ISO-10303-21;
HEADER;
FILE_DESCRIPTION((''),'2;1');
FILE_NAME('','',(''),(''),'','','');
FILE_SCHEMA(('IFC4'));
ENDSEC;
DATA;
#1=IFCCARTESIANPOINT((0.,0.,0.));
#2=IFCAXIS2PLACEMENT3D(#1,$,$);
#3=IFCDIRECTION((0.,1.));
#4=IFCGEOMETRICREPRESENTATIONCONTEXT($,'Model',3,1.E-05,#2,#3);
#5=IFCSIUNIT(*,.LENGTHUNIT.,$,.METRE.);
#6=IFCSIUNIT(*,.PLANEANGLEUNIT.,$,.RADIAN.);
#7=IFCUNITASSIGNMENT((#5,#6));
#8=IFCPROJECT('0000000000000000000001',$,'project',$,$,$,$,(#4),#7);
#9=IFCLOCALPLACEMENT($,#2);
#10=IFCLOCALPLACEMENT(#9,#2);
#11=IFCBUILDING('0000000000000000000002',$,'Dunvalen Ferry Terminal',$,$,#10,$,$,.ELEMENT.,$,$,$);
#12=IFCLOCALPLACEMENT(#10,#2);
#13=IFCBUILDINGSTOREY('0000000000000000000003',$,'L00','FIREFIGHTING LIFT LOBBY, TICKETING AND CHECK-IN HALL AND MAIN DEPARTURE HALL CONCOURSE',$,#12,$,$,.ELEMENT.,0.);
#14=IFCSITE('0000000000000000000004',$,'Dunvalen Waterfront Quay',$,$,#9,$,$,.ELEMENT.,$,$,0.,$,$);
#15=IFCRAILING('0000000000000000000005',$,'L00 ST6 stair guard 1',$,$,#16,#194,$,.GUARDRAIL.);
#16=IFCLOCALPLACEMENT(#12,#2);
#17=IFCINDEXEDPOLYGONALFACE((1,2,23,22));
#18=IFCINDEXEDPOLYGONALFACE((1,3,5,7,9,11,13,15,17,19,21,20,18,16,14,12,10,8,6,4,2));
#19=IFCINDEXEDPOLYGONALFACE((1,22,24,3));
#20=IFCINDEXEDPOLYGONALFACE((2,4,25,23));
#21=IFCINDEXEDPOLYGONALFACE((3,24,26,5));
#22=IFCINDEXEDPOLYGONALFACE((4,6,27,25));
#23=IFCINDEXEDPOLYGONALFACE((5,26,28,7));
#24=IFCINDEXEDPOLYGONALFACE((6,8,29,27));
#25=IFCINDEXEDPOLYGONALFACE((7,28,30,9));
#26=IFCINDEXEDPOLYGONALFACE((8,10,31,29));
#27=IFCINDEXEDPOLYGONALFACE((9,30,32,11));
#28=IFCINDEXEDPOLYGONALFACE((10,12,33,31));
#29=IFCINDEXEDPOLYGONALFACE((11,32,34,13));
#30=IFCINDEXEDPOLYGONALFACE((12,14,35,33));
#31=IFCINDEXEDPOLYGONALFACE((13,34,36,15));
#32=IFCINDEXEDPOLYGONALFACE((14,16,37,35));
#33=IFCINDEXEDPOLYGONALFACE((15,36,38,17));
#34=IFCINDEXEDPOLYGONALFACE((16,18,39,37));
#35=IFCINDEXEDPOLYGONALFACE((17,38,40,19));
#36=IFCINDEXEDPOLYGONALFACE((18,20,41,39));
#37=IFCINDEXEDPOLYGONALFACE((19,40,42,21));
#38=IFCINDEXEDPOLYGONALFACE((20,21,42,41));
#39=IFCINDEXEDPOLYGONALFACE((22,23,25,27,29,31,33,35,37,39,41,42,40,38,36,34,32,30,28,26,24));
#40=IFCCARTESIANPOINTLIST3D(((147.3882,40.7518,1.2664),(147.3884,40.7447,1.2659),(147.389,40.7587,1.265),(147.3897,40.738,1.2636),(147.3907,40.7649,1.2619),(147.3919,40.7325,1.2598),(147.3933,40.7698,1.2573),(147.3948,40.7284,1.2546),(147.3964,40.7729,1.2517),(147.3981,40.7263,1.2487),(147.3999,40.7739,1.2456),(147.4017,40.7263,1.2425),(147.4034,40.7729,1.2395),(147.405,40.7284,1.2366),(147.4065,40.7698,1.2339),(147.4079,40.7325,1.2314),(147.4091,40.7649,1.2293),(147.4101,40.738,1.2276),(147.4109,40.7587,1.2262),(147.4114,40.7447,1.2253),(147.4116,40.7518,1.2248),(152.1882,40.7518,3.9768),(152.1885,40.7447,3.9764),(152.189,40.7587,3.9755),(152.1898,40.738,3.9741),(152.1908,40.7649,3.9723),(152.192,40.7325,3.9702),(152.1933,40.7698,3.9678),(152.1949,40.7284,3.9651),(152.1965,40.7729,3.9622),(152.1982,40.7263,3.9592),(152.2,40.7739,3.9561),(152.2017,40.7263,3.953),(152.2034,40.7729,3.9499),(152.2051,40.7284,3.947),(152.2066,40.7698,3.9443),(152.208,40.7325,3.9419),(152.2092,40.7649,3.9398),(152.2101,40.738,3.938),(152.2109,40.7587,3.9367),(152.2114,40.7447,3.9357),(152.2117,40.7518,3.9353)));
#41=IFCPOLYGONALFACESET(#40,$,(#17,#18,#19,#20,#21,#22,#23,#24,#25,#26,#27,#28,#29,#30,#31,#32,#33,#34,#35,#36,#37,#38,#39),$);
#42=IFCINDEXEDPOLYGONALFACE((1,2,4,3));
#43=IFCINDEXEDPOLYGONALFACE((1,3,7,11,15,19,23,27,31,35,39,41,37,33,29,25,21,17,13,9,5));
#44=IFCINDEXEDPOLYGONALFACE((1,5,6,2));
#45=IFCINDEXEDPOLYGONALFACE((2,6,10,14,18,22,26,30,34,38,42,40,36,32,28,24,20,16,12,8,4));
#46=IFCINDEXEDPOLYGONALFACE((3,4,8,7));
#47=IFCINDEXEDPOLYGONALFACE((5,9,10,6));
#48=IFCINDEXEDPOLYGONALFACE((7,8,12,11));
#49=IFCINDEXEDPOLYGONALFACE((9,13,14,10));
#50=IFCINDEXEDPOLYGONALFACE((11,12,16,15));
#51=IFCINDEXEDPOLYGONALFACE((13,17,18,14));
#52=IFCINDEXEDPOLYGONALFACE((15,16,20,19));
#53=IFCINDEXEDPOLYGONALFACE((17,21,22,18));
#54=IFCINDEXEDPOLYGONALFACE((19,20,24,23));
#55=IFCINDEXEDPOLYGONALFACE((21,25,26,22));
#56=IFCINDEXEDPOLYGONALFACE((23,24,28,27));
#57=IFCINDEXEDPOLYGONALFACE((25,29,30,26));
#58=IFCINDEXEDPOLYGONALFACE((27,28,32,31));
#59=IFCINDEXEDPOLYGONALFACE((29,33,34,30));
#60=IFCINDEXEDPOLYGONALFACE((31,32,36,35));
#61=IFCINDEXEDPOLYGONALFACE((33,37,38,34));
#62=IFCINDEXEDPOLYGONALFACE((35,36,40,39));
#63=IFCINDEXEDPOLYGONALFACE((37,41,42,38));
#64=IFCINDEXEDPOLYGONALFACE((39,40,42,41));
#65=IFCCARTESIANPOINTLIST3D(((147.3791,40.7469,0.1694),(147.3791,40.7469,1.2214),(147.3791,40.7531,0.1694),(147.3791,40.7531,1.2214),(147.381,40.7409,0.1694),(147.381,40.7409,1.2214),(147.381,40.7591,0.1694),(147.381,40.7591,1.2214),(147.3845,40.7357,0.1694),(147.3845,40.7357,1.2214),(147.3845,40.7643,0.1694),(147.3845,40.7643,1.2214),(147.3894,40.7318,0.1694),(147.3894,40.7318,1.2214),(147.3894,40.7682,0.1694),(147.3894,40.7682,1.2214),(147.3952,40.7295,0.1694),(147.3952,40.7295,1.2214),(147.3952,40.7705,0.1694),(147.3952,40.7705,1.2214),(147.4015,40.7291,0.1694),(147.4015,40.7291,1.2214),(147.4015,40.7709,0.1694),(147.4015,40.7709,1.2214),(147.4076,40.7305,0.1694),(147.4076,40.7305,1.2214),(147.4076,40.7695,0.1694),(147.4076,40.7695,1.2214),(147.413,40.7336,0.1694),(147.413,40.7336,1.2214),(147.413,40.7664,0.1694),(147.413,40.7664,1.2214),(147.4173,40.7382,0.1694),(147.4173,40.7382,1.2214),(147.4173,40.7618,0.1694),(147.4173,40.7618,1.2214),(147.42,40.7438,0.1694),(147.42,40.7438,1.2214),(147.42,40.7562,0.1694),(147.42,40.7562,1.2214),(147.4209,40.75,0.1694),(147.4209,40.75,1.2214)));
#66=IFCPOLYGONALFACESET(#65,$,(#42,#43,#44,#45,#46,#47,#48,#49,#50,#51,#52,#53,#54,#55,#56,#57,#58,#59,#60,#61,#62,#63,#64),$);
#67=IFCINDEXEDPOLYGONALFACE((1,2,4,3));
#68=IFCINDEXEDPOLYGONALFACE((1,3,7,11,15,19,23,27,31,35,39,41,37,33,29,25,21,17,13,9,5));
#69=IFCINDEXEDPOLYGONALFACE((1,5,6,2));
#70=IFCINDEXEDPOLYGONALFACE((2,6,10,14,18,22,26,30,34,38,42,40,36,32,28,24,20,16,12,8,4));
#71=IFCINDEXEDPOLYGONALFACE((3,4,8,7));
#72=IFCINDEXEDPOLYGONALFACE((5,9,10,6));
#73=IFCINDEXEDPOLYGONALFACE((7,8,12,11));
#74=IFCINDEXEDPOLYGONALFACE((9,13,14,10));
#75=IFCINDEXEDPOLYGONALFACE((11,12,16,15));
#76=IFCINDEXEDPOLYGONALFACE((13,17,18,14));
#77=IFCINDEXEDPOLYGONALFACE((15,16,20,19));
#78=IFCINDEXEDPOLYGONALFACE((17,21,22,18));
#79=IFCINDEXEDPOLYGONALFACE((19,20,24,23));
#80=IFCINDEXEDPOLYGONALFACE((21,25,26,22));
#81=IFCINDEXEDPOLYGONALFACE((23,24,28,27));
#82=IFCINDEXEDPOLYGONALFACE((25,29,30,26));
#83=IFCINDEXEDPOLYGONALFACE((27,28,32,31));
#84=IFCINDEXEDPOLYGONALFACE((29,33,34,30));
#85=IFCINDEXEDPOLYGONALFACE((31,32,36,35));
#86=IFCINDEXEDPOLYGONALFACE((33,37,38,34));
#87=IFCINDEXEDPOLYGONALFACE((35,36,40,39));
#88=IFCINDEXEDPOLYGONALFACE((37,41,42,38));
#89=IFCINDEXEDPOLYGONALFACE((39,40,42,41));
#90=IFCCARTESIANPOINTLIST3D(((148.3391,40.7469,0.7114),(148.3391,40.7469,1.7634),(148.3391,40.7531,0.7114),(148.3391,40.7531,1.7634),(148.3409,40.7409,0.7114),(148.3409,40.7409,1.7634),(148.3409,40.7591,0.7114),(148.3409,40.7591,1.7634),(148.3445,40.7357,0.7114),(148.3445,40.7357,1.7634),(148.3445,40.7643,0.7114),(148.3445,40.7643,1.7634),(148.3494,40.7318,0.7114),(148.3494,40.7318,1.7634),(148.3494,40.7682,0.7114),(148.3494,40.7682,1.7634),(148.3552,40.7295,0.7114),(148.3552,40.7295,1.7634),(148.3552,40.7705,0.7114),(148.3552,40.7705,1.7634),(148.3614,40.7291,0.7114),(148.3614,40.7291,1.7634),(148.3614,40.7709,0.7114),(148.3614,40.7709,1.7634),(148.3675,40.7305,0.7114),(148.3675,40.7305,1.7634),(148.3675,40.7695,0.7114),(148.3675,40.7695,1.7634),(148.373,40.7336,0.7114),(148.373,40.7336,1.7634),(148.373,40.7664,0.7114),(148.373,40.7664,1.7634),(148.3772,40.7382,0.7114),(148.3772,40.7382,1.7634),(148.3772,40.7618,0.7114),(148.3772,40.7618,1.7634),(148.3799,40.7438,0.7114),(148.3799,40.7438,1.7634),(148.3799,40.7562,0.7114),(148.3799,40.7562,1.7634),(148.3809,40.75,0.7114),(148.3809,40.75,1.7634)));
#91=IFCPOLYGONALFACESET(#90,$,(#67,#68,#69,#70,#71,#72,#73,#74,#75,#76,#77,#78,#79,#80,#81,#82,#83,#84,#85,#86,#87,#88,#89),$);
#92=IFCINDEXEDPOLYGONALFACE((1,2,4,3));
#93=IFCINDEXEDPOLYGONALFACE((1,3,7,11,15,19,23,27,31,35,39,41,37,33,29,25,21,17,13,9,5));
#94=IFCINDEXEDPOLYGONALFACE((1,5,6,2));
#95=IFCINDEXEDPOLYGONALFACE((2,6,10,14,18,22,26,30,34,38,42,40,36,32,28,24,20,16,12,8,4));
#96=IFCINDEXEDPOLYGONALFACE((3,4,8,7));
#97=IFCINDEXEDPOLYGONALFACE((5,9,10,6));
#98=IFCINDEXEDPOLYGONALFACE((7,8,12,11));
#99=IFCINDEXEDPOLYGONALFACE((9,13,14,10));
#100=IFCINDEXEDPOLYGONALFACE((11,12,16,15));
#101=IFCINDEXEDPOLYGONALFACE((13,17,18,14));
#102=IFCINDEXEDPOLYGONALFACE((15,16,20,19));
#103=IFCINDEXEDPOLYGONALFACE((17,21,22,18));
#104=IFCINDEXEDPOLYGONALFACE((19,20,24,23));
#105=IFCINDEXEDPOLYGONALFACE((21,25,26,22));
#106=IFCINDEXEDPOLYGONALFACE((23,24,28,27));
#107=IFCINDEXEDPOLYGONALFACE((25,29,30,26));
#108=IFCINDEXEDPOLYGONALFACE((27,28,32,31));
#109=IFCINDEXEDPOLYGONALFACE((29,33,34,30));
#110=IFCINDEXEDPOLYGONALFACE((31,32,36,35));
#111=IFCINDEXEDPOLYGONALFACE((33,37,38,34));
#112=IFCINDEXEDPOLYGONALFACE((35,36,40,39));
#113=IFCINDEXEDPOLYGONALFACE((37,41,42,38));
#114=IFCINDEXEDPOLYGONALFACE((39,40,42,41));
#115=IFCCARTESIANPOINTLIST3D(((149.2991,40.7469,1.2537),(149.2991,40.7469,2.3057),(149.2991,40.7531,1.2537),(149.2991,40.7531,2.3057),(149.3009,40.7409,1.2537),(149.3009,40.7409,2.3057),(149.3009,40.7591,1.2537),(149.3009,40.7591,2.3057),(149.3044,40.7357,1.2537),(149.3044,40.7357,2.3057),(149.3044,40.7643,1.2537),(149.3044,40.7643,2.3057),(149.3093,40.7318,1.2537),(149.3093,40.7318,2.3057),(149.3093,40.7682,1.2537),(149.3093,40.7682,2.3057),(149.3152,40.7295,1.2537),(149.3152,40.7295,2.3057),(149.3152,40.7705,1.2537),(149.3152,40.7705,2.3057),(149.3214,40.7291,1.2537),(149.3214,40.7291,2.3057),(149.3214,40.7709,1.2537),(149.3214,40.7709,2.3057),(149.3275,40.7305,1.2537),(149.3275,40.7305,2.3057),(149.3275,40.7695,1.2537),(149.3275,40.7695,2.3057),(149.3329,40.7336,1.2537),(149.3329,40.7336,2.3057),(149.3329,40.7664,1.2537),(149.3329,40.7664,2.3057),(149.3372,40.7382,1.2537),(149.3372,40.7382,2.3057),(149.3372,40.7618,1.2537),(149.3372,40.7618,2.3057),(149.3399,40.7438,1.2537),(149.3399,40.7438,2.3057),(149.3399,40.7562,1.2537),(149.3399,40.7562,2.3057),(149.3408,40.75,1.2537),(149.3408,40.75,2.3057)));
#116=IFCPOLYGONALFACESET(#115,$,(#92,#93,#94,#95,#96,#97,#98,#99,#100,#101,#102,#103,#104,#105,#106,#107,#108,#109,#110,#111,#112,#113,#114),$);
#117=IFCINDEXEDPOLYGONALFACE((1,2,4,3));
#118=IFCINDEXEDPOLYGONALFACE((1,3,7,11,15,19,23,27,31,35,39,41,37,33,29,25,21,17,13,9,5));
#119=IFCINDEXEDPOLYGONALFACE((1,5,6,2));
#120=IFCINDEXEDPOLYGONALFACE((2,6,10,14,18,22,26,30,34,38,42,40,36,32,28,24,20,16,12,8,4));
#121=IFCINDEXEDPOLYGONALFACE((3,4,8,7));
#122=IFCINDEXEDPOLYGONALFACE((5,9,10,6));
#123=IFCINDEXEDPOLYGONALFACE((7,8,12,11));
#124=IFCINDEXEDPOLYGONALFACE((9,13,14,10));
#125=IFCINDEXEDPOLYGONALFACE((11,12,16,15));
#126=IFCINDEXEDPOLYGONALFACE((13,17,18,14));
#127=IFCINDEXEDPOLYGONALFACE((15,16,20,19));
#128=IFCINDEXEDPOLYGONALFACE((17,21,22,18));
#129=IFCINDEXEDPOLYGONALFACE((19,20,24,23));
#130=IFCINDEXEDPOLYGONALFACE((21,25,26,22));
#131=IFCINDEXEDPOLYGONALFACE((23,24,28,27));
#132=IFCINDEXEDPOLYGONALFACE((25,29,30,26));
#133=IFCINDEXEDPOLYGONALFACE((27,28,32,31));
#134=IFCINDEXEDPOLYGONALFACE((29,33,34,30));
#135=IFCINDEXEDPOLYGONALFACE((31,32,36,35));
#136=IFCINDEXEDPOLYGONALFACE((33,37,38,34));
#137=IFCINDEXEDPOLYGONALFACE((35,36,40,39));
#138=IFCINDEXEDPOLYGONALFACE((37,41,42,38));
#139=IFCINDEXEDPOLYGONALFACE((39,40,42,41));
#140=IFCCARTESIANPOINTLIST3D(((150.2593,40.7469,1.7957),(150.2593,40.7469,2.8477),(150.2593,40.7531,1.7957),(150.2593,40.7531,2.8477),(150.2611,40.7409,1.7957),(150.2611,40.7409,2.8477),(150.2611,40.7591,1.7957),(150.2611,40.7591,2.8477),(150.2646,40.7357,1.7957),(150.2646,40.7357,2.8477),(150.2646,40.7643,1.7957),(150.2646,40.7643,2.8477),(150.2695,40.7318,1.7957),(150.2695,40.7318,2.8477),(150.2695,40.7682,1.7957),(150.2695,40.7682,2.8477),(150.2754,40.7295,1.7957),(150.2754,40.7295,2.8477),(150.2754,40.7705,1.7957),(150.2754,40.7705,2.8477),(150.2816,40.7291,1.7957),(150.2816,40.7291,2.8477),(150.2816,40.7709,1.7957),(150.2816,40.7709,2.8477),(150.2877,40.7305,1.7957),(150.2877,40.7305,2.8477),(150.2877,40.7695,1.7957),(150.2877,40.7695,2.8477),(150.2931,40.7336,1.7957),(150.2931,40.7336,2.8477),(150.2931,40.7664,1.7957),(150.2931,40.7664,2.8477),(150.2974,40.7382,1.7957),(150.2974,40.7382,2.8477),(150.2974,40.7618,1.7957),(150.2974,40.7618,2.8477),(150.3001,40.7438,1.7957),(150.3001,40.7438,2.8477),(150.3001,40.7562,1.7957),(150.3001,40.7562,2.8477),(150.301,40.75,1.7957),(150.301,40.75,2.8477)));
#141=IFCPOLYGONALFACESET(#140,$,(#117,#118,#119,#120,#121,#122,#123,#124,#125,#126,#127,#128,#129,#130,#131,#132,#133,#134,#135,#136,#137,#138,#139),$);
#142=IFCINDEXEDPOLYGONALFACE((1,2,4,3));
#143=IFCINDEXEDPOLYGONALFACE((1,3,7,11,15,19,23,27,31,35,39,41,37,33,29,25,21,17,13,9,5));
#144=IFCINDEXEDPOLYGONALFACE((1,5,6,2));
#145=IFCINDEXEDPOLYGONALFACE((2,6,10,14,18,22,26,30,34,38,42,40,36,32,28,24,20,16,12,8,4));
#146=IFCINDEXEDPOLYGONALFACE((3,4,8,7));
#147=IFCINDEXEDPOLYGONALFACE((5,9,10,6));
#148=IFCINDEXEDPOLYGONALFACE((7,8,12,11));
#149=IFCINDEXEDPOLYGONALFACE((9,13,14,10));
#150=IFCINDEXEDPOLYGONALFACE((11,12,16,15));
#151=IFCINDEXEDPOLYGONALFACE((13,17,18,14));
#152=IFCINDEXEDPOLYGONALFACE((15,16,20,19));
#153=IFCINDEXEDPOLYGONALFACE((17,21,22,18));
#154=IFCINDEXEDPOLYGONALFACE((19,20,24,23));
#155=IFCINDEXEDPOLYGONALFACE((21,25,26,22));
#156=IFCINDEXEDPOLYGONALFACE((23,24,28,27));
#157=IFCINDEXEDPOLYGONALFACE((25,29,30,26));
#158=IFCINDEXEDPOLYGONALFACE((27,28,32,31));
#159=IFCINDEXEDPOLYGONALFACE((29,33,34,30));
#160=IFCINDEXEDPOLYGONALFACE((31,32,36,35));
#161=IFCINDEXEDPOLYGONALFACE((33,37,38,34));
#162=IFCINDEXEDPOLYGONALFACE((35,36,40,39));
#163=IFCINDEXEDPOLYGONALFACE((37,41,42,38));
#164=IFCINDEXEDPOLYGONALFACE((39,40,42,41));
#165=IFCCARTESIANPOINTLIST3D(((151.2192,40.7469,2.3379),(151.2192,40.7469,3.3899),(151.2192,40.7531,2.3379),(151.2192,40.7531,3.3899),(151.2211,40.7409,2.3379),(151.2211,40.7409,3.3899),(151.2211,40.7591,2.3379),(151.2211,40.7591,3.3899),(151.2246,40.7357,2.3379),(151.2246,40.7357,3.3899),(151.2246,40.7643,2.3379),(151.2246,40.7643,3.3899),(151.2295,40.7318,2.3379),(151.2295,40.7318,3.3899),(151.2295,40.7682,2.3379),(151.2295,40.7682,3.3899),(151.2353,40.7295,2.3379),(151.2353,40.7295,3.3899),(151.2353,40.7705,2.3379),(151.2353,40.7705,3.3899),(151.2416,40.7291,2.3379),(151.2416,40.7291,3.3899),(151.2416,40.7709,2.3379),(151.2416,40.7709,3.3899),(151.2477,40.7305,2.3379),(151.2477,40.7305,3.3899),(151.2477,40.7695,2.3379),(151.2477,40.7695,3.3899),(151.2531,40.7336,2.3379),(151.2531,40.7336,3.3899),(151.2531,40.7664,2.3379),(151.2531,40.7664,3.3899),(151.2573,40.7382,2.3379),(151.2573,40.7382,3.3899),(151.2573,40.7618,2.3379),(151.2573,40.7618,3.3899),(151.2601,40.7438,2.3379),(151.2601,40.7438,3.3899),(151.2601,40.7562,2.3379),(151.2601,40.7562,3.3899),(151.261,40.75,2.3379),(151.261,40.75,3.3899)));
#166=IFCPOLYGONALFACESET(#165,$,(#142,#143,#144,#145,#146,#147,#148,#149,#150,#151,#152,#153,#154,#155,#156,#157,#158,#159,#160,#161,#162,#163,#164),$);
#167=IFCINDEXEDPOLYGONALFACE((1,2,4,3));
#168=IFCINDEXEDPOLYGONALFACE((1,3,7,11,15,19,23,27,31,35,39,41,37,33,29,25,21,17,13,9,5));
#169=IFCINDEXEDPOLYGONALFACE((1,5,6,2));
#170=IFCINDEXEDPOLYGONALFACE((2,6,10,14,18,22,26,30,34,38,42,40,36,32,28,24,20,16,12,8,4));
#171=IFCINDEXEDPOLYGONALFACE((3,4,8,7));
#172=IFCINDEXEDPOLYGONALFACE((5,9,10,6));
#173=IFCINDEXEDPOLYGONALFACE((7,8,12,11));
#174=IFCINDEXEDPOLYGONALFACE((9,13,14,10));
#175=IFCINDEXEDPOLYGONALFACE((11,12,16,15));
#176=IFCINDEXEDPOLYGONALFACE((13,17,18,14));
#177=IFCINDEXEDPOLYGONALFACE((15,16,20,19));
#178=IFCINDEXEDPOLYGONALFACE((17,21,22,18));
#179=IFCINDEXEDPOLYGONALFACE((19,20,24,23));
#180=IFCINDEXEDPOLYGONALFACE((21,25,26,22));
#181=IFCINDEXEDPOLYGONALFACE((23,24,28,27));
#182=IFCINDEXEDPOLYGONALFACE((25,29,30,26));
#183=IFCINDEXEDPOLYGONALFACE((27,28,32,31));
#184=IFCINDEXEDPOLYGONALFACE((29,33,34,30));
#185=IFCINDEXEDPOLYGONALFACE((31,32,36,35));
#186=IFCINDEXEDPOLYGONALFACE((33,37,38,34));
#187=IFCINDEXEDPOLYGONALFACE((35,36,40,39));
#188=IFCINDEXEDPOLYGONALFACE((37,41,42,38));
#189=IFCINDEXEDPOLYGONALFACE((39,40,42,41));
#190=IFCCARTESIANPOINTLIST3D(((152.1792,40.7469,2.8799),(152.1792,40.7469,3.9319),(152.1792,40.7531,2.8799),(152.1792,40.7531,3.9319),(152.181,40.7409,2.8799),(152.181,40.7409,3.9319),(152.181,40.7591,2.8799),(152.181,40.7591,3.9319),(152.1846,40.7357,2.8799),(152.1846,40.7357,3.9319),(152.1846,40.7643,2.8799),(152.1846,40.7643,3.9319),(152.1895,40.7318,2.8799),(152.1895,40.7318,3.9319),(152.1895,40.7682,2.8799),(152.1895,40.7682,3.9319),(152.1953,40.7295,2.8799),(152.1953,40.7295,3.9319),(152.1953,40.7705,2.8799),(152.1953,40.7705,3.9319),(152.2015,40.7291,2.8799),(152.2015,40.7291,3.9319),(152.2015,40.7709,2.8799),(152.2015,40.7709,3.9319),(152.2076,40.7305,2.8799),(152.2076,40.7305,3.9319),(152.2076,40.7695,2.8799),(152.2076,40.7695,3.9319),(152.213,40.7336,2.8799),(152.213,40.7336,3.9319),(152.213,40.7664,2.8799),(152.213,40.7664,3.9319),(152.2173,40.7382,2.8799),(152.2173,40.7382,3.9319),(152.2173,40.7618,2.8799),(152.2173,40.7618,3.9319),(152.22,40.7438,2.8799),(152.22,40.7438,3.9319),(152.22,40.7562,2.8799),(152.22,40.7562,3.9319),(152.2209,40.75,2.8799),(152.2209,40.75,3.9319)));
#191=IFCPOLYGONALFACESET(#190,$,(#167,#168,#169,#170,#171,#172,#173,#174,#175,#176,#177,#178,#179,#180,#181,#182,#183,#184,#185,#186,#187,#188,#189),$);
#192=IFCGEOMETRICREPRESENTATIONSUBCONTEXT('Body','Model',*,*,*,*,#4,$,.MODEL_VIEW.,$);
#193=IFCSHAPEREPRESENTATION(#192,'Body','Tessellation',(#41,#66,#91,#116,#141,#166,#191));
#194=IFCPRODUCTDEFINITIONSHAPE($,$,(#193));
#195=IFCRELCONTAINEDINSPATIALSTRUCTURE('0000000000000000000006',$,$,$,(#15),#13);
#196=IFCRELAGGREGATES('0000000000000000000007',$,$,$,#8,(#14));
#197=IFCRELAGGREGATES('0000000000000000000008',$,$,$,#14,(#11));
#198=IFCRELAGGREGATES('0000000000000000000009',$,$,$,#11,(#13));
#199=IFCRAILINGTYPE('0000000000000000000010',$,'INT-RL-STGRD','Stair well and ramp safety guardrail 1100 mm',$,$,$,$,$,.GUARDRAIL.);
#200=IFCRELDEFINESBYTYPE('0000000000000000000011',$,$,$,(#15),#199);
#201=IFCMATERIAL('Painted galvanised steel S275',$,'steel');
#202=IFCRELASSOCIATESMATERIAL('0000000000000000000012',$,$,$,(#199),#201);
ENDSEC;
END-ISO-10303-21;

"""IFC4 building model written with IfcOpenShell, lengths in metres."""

from ifc_helpers import new_model, si_unit, direction, frame, origin, origin_2d, place, context, subcontext, project, spatial, circle, extrude, material, type_object, element, save


model = new_model("IFC4")

# Units and contexts
model_context = context("Model", 3, precision=1e-05, world=origin(), true_north=direction((0.0, 1.0)))
body_context = subcontext(model_context, "Body", "Model", "MODEL_VIEW")
ifc_project = project(units=[si_unit("LENGTHUNIT", "METRE"), si_unit("PLANEANGLEUNIT", "RADIAN")], contexts=[model_context])

# Site, building, storey
site_placement = place(None, origin())
site = spatial("IfcSite", under=ifc_project, at=site_placement, Name="Dunvalen Waterfront Quay", CompositionType="ELEMENT", RefElevation=0.0)
building_placement = place(site_placement, origin())
building = spatial("IfcBuilding", under=site, at=building_placement, Name="Dunvalen Ferry Terminal", CompositionType="ELEMENT")
storey_placement = place(building_placement, origin())
storey = spatial("IfcBuildingStorey", under=building, at=storey_placement, Name="L00", Description="FIREFIGHTING LIFT LOBBY, TICKETING AND CHECK-IN HALL AND MAIN DEPARTURE HALL CONCOURSE", CompositionType="ELEMENT", Elevation=0.0)

# Railing
ifc_material_1 = material(Name="Painted galvanised steel S275", Category="steel")
railing_type_1 = type_object("IfcRailingType", Name="INT-RL-STGRD", Description="Stair well and ramp safety guardrail 1100 mm", PredefinedType="GUARDRAIL", material=ifc_material_1)
railing_1_placement = place(storey_placement, frame((147.3999, 40.75, 0.1694)))
element("IfcRailing", 1, at=railing_1_placement, inside=storey, type_object=railing_type_1, Name="L00 ST6 stair guard 1", PredefinedType="GUARDRAIL", context=body_context, shape_type="SweptSolid", body=[
    extrude(circle(Radius=0.0239, at=origin_2d()), frame((0.0, 0.0, 1.0762), z_axis=(0.870767, 0.0, 0.491697), x_axis=(0.0, 1.0, 0.0)), (0.0, 0.0, 1.0), 5.5125),
    extrude(circle(Radius=0.021, at=origin_2d()), origin(), (0.0, 0.0, 1.0), 1.052),
    extrude(circle(Radius=0.021, at=origin_2d()), frame((0.96, 0.0, 0.542)), (0.0, 0.0, 1.0), 1.052),
    extrude(circle(Radius=0.021, at=origin_2d()), frame((1.9199, 0.0, 1.0842)), (0.0, 0.0, 1.0), 1.052),
    extrude(circle(Radius=0.021, at=origin_2d()), frame((2.8801, 0.0, 1.6262)), (0.0, 0.0, 1.0), 1.052),
    extrude(circle(Radius=0.021, at=origin_2d()), frame((3.8401, 0.0, 2.1685)), (0.0, 0.0, 1.0), 1.052),
    extrude(circle(Radius=0.021, at=origin_2d()), frame((4.8, 0.0, 2.7104)), (0.0, 0.0, 1.0), 1.052),
])

save(model, "model.ifc")
